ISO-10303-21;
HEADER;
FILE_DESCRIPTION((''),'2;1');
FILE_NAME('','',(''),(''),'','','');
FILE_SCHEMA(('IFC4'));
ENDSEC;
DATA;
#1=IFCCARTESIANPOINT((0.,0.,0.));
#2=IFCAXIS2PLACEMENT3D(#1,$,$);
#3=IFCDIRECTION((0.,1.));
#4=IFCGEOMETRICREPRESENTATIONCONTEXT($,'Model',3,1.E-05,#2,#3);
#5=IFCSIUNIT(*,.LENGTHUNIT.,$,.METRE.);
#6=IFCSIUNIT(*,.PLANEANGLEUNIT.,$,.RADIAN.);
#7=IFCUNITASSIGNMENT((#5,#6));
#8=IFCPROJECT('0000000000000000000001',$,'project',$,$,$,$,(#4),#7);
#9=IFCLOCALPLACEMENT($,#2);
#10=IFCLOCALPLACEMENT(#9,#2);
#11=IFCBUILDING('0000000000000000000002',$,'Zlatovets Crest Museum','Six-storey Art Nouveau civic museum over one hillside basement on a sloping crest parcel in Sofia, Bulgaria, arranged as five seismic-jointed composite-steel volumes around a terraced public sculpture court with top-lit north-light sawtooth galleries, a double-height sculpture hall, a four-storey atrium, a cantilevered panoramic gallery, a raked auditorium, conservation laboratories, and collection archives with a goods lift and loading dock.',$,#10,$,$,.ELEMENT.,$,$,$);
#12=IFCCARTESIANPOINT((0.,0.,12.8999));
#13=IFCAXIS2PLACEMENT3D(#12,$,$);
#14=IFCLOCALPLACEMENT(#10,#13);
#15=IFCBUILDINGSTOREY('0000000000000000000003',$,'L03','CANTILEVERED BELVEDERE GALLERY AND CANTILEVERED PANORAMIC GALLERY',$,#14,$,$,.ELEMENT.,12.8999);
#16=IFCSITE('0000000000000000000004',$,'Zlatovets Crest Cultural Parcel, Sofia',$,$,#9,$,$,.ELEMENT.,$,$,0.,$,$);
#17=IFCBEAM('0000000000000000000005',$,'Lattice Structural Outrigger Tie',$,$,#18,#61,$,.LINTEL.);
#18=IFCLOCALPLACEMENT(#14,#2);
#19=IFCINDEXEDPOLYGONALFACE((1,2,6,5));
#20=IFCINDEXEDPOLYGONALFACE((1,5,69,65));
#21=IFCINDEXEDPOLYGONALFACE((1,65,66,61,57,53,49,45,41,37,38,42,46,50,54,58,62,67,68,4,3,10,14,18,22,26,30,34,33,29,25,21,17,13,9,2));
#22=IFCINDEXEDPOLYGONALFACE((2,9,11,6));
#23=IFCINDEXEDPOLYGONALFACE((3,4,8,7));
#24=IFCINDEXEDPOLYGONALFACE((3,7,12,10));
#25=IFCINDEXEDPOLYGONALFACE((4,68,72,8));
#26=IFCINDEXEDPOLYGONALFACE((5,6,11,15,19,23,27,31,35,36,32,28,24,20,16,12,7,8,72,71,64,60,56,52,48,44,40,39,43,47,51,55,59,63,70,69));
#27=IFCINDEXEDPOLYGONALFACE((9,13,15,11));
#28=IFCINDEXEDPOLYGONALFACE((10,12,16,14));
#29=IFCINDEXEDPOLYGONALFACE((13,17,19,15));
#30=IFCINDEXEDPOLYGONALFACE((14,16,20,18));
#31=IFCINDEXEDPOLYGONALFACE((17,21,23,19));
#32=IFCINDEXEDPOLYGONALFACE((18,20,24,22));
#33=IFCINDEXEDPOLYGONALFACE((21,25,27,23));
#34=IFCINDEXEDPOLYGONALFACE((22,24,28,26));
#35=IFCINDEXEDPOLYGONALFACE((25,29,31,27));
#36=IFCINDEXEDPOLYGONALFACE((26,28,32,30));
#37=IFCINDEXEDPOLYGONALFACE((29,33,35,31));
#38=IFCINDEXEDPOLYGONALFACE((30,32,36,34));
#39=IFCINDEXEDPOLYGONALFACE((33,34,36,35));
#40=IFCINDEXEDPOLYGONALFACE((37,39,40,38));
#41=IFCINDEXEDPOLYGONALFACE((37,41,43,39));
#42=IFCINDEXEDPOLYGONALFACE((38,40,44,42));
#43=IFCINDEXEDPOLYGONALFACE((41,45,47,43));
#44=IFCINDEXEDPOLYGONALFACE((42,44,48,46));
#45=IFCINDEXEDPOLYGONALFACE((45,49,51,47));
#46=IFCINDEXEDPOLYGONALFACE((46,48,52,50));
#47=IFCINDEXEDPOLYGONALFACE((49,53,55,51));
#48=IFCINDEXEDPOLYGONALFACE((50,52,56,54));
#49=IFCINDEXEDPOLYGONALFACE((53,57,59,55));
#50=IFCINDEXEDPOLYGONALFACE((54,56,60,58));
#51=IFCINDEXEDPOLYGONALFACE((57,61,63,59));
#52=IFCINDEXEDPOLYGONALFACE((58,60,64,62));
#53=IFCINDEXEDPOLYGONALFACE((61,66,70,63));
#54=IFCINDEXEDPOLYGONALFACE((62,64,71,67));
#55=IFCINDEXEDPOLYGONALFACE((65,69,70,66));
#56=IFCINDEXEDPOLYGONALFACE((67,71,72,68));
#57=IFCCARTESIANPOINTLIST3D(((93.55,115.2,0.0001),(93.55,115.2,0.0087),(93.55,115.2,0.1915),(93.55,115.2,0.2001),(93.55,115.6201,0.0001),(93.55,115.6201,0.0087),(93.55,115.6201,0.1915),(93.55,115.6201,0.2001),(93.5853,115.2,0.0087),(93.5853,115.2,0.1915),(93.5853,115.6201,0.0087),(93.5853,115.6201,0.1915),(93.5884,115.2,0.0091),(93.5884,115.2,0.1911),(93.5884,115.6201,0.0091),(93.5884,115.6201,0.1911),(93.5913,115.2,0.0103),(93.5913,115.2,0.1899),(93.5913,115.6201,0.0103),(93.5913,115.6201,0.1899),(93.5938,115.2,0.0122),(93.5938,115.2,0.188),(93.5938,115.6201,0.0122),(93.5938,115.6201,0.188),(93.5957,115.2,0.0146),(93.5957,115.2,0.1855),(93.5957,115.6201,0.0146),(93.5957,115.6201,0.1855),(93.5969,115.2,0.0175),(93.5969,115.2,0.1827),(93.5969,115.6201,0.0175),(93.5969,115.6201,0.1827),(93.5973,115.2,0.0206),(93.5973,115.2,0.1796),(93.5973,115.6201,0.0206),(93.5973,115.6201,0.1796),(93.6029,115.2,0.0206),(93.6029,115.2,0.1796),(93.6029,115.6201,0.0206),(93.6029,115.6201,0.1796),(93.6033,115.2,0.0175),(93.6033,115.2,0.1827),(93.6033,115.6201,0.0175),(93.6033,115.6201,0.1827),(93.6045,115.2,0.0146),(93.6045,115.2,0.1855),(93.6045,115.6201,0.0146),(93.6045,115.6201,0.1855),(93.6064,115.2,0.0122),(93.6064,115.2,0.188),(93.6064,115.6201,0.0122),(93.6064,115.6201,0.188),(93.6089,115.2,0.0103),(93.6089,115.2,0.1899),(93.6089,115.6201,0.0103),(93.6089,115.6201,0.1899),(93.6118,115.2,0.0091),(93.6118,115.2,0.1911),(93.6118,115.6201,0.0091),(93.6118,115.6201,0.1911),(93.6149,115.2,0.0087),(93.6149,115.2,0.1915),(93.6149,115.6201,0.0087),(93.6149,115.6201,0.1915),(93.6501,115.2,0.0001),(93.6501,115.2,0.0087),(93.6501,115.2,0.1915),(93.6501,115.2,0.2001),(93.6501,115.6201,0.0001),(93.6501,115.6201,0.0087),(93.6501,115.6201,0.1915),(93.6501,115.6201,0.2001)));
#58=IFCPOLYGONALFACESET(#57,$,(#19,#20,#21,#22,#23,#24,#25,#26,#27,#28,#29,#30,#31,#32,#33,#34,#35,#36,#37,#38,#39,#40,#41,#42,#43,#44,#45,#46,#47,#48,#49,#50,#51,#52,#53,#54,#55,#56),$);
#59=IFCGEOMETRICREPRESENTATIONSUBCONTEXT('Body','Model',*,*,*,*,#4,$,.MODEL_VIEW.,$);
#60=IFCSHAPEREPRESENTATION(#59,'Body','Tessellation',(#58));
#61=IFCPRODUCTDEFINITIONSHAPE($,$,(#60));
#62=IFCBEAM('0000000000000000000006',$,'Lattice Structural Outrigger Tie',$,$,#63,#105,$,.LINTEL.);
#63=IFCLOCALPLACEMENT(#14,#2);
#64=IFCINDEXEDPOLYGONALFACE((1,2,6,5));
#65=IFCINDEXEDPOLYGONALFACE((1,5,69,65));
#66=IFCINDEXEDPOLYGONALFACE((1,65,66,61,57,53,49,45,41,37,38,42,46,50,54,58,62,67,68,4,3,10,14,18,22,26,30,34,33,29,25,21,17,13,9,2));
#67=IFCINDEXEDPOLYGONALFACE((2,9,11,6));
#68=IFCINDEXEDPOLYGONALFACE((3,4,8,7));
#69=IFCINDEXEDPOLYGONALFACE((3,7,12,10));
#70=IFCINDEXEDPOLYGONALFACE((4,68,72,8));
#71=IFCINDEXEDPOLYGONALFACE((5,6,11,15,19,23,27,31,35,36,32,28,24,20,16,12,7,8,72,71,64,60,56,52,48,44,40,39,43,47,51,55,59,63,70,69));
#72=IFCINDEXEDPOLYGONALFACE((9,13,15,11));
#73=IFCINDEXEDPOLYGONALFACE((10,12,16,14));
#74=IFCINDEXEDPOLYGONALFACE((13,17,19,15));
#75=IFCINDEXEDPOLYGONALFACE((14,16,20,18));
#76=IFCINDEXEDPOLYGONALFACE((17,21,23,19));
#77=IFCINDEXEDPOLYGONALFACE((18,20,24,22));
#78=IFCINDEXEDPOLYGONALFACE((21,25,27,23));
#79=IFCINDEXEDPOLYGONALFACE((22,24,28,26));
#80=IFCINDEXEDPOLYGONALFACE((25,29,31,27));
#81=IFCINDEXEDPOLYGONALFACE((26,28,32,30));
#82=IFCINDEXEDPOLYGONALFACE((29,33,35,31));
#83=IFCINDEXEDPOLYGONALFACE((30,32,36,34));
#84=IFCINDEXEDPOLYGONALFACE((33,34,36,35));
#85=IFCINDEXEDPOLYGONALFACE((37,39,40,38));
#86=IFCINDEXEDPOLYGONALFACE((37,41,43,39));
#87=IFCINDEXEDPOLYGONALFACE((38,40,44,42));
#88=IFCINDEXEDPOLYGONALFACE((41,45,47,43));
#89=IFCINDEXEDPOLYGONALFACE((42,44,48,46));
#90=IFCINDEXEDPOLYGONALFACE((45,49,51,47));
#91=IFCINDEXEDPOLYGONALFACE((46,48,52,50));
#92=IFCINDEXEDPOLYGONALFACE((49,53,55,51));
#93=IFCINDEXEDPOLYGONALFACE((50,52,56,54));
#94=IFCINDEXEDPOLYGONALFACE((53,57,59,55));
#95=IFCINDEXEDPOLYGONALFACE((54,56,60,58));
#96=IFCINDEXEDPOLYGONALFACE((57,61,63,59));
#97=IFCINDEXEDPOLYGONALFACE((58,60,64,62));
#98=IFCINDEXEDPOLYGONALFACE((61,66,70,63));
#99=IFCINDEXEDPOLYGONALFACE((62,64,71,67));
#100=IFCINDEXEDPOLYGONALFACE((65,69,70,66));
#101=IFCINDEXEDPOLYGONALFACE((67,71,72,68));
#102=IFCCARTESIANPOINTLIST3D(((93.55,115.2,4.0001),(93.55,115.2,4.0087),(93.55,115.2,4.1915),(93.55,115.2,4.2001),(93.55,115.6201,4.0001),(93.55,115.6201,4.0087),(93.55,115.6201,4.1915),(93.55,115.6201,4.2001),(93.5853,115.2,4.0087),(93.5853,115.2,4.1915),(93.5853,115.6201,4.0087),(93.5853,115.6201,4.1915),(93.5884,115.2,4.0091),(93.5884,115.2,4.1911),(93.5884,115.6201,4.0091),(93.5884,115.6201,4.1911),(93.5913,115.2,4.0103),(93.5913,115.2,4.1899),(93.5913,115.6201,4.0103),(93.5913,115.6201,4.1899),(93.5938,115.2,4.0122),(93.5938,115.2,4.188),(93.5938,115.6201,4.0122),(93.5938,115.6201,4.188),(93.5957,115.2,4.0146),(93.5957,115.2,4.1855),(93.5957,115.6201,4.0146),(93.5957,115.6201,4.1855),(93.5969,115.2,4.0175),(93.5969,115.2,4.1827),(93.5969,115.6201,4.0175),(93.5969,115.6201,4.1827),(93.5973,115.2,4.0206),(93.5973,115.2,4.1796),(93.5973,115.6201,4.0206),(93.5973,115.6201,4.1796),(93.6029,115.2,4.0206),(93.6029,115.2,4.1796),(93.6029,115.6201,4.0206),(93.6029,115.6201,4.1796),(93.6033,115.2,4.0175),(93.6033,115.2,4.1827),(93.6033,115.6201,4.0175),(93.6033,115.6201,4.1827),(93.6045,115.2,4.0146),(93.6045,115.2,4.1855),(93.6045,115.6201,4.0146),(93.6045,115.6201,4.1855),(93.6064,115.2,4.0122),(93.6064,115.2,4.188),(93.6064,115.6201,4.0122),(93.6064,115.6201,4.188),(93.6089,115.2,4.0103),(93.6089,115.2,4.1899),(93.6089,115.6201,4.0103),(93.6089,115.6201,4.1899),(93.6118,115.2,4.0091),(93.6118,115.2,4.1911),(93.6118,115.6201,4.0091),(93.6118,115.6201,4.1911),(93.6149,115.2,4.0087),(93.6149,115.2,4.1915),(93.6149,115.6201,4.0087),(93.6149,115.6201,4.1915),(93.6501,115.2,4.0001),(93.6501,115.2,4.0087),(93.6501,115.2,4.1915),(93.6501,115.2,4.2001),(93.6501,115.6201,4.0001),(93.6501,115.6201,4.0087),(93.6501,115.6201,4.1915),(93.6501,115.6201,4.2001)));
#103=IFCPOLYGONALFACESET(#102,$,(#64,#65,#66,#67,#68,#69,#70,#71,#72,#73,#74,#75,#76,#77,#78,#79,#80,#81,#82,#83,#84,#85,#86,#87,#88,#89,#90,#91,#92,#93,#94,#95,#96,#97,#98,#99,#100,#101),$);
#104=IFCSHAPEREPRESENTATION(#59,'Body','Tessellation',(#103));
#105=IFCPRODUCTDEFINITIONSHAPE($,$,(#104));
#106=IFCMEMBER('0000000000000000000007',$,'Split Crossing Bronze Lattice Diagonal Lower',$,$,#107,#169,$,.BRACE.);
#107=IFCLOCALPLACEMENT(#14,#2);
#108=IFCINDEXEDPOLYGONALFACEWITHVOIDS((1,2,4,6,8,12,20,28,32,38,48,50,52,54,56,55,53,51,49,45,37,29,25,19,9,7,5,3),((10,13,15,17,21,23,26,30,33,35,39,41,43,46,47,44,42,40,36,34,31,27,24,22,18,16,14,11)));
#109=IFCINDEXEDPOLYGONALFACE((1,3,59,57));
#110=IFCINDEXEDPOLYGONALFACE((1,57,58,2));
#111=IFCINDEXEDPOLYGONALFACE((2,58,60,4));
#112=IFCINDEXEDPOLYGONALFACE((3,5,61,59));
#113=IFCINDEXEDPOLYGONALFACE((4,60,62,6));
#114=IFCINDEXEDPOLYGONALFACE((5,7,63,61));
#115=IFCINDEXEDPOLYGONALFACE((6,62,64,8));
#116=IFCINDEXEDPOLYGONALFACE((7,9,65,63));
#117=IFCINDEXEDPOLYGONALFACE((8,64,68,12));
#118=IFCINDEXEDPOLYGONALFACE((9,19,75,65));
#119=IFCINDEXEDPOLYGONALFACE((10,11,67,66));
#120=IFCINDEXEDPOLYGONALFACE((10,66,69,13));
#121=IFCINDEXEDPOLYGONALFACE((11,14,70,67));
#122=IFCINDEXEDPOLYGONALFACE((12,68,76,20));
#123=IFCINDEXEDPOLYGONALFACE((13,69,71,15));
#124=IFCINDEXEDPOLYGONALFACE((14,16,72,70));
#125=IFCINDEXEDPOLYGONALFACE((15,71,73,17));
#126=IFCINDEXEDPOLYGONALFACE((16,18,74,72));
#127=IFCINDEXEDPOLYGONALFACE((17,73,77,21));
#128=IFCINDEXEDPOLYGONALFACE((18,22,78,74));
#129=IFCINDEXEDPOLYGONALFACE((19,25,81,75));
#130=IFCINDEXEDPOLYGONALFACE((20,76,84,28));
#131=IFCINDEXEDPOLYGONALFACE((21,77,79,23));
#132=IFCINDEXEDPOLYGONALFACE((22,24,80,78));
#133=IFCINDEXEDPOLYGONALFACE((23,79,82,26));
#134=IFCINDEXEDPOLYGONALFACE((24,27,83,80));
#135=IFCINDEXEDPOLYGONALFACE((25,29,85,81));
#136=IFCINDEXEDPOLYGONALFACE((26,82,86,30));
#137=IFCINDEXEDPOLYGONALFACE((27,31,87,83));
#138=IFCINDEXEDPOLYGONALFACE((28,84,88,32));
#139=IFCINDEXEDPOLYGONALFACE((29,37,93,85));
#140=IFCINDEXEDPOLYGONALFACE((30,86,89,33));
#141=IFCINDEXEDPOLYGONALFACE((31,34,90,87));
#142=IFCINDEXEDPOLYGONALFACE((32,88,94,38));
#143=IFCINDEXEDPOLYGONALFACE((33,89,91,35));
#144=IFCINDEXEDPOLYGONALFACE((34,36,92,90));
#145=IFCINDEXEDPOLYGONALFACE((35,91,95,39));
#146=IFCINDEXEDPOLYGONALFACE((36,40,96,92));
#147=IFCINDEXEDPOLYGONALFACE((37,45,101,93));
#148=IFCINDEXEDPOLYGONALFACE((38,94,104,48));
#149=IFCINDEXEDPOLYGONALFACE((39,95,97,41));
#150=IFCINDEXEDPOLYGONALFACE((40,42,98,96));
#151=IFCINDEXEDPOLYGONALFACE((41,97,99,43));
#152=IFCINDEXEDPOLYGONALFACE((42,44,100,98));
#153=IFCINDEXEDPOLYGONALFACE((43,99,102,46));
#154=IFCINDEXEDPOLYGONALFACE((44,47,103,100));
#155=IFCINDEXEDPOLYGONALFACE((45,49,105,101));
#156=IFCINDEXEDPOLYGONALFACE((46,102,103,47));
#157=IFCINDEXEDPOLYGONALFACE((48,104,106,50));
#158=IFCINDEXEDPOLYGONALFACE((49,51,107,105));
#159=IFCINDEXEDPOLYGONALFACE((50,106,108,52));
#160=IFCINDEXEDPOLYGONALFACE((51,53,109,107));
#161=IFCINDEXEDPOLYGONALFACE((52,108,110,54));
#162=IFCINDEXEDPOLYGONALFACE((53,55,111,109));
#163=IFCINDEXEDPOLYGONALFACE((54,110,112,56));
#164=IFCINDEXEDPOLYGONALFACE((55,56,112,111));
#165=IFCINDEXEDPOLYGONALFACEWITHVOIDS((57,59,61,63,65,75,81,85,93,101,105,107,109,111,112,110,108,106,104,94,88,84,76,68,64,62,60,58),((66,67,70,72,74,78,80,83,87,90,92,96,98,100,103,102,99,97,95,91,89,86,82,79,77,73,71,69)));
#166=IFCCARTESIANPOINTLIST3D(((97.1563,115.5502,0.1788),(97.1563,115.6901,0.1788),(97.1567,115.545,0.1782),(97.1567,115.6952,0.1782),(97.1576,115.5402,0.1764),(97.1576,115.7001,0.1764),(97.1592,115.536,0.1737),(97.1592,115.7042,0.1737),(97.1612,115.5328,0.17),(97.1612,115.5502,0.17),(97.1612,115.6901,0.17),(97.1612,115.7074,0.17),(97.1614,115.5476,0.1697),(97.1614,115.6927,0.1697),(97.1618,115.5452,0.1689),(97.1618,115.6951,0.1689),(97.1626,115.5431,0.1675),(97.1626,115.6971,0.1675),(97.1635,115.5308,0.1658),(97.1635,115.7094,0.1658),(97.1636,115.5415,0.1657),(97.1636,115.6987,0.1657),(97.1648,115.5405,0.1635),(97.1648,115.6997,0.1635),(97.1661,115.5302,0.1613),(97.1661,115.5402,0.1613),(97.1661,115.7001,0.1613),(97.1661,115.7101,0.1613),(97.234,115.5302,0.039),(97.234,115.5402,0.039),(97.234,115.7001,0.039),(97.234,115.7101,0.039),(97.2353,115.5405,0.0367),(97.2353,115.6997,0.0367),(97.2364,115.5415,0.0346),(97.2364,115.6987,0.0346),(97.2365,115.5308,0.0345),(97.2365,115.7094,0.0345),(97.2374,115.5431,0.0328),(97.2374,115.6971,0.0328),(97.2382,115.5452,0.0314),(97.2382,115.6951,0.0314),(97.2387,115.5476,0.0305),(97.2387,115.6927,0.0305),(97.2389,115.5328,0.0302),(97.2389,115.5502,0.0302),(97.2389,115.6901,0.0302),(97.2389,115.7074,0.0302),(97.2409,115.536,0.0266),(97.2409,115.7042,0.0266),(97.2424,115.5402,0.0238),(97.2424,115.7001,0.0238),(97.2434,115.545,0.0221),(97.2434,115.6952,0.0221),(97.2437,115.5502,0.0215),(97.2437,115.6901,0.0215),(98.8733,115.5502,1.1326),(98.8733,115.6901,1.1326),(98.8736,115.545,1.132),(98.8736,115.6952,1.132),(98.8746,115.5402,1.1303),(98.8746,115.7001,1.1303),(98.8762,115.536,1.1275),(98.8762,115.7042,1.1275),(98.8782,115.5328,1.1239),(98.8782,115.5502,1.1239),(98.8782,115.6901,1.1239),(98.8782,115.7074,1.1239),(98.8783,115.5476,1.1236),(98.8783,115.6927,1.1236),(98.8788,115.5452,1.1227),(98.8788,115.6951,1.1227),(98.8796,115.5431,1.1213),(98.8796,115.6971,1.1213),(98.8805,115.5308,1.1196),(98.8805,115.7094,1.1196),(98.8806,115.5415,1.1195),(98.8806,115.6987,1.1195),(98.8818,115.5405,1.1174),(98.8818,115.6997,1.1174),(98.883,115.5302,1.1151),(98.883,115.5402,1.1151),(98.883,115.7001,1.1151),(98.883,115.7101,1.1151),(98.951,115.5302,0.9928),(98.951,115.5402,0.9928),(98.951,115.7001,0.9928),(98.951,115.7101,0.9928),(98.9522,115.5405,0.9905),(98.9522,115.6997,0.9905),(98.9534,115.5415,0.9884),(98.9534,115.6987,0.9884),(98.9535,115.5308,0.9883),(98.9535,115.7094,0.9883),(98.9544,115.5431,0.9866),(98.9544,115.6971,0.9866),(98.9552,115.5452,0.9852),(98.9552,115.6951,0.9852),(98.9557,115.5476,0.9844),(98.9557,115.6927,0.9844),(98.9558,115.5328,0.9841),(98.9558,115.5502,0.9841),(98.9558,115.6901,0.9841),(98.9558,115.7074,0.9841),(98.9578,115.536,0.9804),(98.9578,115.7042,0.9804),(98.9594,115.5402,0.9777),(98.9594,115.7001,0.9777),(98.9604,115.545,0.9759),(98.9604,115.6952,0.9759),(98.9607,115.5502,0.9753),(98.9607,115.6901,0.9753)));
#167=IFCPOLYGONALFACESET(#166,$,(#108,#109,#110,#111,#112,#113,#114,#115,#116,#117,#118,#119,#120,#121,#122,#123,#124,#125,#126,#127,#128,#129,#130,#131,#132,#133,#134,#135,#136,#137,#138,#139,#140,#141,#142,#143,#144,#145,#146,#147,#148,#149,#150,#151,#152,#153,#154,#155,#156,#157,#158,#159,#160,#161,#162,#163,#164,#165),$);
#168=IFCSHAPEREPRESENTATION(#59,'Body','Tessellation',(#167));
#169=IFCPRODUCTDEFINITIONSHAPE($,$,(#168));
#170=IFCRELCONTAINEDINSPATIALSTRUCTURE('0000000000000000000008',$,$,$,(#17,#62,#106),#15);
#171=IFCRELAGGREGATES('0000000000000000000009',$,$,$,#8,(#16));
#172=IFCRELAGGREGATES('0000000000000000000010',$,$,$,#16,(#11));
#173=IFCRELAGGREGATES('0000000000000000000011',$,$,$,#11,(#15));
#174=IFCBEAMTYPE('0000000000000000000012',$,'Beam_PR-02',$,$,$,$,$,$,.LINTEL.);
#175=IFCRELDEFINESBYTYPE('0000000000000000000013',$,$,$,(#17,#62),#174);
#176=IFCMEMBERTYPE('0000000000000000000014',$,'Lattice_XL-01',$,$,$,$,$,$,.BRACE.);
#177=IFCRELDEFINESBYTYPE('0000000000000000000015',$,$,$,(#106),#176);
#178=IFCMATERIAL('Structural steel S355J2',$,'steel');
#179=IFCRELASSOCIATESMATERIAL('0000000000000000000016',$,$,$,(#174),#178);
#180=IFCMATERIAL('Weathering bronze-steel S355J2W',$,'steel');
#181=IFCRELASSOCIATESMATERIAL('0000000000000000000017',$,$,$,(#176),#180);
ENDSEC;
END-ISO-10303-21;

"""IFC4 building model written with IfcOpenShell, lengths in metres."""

from ifc_helpers import new_model, si_unit, direction, frame, origin, origin_2d, place, context, subcontext, project, spatial, hollow_rectangle, i_section, extrude, material, material_profile, profile_set, type_object, element, save


model = new_model("IFC4")

# Units and contexts
model_context = context("Model", 3, precision=1e-05, world=origin(), true_north=direction((0.0, 1.0)))
body_context = subcontext(model_context, "Body", "Model", "MODEL_VIEW")
ifc_project = project(units=[si_unit("LENGTHUNIT", "METRE"), si_unit("PLANEANGLEUNIT", "RADIAN")], contexts=[model_context])

# Site, building, storey
site_placement = place(None, origin())
site = spatial("IfcSite", under=ifc_project, at=site_placement, Name="Zlatovets Crest Cultural Parcel, Sofia", CompositionType="ELEMENT", RefElevation=0.0)
building_placement = place(site_placement, origin())
building = spatial("IfcBuilding", under=site, at=building_placement, Name="Zlatovets Crest Museum", Description="Six-storey Art Nouveau civic museum over one hillside basement on a sloping crest parcel in Sofia, Bulgaria, arranged as five seismic-jointed composite-steel volumes around a terraced public sculpture court with top-lit north-light sawtooth galleries, a double-height sculpture hall, a four-storey atrium, a cantilevered panoramic gallery, a raked auditorium, conservation laboratories, and collection archives with a goods lift and loading dock.", CompositionType="ELEMENT")
storey_placement = place(building_placement, frame((0.0, 0.0, 12.8999)))
storey = spatial("IfcBuildingStorey", under=building, at=storey_placement, Name="L03", Description="CANTILEVERED BELVEDERE GALLERY AND CANTILEVERED PANORAMIC GALLERY", CompositionType="ELEMENT", Elevation=12.8999)

# Shared definitions
ifc_material_1 = material(Name="Structural steel S355J2", Category="steel")

# Beams
ifc_material_profile_1 = material_profile(ifc_material_1, i_section(OverallWidth=0.1001, OverallDepth=0.2, WebThickness=0.0056, FlangeThickness=0.0085, FilletRadius=0.012, at=origin_2d()), Name="IPE 200")
ifc_profile_set_1 = profile_set([ifc_material_profile_1], Name="Structural steel S355J2")
beam_type_1 = type_object("IfcBeamType", Name="Beam_PR-02", PredefinedType="LINTEL", material=ifc_profile_set_1)
for number, where, z_axis, x_axis, name in (
    (1, (93.6001, 115.2, 0.1001), (0.0, 1.0, 0.0), (-1.0, 0.0, 0.0), "Lattice Structural Outrigger Tie"),
    (2, (93.6001, 115.2, 4.1001), (0.0, 1.0, 0.0), (-1.0, 0.0, 0.0), "Lattice Structural Outrigger Tie"),
):
    element("IfcBeam", number, at=place(storey_placement, frame(where, z_axis=z_axis, x_axis=x_axis)), inside=storey, type_object=beam_type_1, Name=name, PredefinedType="LINTEL", context=body_context, shape_type="SweptSolid", body=[
        extrude(i_section(OverallWidth=0.1001, OverallDepth=0.2, WebThickness=0.0056, FlangeThickness=0.0085, FilletRadius=0.012, at=origin_2d()), origin(), (0.0, 0.0, 1.0), 0.4202),
    ])

# Member
ifc_material_2 = material(Name="Weathering bronze-steel S355J2W", Category="steel")
ifc_material_profile_2 = material_profile(ifc_material_2, hollow_rectangle(XDim=0.1799, YDim=0.1799, WallThickness=0.01, InnerFilletRadius=0.01, OuterFilletRadius=0.02, at=origin_2d()), Name="SHS 180x180x10.0")
ifc_profile_set_2 = profile_set([ifc_material_profile_2], Name="Weathering bronze-steel S355J2W")
member_type_1 = type_object("IfcMemberType", Name="Lattice_XL-01", PredefinedType="BRACE", material=ifc_profile_set_2)
member_1_placement = place(storey_placement, frame((98.917, 115.6201, 1.054), z_axis=(-0.874169, 0.0, -0.485622), x_axis=(0.0, -1.0, 0.0)))
element("IfcMember", 3, at=member_1_placement, inside=storey, type_object=member_type_1, Name="Split Crossing Bronze Lattice Diagonal Lower", PredefinedType="BRACE", context=body_context, shape_type="SweptSolid", body=[
    extrude(hollow_rectangle(XDim=0.1799, YDim=0.1799, WallThickness=0.01, InnerFilletRadius=0.01, OuterFilletRadius=0.02, at=origin_2d()), origin(), (0.0, 0.0, 1.0), 1.9641),
])

save(model, "model.ifc")
